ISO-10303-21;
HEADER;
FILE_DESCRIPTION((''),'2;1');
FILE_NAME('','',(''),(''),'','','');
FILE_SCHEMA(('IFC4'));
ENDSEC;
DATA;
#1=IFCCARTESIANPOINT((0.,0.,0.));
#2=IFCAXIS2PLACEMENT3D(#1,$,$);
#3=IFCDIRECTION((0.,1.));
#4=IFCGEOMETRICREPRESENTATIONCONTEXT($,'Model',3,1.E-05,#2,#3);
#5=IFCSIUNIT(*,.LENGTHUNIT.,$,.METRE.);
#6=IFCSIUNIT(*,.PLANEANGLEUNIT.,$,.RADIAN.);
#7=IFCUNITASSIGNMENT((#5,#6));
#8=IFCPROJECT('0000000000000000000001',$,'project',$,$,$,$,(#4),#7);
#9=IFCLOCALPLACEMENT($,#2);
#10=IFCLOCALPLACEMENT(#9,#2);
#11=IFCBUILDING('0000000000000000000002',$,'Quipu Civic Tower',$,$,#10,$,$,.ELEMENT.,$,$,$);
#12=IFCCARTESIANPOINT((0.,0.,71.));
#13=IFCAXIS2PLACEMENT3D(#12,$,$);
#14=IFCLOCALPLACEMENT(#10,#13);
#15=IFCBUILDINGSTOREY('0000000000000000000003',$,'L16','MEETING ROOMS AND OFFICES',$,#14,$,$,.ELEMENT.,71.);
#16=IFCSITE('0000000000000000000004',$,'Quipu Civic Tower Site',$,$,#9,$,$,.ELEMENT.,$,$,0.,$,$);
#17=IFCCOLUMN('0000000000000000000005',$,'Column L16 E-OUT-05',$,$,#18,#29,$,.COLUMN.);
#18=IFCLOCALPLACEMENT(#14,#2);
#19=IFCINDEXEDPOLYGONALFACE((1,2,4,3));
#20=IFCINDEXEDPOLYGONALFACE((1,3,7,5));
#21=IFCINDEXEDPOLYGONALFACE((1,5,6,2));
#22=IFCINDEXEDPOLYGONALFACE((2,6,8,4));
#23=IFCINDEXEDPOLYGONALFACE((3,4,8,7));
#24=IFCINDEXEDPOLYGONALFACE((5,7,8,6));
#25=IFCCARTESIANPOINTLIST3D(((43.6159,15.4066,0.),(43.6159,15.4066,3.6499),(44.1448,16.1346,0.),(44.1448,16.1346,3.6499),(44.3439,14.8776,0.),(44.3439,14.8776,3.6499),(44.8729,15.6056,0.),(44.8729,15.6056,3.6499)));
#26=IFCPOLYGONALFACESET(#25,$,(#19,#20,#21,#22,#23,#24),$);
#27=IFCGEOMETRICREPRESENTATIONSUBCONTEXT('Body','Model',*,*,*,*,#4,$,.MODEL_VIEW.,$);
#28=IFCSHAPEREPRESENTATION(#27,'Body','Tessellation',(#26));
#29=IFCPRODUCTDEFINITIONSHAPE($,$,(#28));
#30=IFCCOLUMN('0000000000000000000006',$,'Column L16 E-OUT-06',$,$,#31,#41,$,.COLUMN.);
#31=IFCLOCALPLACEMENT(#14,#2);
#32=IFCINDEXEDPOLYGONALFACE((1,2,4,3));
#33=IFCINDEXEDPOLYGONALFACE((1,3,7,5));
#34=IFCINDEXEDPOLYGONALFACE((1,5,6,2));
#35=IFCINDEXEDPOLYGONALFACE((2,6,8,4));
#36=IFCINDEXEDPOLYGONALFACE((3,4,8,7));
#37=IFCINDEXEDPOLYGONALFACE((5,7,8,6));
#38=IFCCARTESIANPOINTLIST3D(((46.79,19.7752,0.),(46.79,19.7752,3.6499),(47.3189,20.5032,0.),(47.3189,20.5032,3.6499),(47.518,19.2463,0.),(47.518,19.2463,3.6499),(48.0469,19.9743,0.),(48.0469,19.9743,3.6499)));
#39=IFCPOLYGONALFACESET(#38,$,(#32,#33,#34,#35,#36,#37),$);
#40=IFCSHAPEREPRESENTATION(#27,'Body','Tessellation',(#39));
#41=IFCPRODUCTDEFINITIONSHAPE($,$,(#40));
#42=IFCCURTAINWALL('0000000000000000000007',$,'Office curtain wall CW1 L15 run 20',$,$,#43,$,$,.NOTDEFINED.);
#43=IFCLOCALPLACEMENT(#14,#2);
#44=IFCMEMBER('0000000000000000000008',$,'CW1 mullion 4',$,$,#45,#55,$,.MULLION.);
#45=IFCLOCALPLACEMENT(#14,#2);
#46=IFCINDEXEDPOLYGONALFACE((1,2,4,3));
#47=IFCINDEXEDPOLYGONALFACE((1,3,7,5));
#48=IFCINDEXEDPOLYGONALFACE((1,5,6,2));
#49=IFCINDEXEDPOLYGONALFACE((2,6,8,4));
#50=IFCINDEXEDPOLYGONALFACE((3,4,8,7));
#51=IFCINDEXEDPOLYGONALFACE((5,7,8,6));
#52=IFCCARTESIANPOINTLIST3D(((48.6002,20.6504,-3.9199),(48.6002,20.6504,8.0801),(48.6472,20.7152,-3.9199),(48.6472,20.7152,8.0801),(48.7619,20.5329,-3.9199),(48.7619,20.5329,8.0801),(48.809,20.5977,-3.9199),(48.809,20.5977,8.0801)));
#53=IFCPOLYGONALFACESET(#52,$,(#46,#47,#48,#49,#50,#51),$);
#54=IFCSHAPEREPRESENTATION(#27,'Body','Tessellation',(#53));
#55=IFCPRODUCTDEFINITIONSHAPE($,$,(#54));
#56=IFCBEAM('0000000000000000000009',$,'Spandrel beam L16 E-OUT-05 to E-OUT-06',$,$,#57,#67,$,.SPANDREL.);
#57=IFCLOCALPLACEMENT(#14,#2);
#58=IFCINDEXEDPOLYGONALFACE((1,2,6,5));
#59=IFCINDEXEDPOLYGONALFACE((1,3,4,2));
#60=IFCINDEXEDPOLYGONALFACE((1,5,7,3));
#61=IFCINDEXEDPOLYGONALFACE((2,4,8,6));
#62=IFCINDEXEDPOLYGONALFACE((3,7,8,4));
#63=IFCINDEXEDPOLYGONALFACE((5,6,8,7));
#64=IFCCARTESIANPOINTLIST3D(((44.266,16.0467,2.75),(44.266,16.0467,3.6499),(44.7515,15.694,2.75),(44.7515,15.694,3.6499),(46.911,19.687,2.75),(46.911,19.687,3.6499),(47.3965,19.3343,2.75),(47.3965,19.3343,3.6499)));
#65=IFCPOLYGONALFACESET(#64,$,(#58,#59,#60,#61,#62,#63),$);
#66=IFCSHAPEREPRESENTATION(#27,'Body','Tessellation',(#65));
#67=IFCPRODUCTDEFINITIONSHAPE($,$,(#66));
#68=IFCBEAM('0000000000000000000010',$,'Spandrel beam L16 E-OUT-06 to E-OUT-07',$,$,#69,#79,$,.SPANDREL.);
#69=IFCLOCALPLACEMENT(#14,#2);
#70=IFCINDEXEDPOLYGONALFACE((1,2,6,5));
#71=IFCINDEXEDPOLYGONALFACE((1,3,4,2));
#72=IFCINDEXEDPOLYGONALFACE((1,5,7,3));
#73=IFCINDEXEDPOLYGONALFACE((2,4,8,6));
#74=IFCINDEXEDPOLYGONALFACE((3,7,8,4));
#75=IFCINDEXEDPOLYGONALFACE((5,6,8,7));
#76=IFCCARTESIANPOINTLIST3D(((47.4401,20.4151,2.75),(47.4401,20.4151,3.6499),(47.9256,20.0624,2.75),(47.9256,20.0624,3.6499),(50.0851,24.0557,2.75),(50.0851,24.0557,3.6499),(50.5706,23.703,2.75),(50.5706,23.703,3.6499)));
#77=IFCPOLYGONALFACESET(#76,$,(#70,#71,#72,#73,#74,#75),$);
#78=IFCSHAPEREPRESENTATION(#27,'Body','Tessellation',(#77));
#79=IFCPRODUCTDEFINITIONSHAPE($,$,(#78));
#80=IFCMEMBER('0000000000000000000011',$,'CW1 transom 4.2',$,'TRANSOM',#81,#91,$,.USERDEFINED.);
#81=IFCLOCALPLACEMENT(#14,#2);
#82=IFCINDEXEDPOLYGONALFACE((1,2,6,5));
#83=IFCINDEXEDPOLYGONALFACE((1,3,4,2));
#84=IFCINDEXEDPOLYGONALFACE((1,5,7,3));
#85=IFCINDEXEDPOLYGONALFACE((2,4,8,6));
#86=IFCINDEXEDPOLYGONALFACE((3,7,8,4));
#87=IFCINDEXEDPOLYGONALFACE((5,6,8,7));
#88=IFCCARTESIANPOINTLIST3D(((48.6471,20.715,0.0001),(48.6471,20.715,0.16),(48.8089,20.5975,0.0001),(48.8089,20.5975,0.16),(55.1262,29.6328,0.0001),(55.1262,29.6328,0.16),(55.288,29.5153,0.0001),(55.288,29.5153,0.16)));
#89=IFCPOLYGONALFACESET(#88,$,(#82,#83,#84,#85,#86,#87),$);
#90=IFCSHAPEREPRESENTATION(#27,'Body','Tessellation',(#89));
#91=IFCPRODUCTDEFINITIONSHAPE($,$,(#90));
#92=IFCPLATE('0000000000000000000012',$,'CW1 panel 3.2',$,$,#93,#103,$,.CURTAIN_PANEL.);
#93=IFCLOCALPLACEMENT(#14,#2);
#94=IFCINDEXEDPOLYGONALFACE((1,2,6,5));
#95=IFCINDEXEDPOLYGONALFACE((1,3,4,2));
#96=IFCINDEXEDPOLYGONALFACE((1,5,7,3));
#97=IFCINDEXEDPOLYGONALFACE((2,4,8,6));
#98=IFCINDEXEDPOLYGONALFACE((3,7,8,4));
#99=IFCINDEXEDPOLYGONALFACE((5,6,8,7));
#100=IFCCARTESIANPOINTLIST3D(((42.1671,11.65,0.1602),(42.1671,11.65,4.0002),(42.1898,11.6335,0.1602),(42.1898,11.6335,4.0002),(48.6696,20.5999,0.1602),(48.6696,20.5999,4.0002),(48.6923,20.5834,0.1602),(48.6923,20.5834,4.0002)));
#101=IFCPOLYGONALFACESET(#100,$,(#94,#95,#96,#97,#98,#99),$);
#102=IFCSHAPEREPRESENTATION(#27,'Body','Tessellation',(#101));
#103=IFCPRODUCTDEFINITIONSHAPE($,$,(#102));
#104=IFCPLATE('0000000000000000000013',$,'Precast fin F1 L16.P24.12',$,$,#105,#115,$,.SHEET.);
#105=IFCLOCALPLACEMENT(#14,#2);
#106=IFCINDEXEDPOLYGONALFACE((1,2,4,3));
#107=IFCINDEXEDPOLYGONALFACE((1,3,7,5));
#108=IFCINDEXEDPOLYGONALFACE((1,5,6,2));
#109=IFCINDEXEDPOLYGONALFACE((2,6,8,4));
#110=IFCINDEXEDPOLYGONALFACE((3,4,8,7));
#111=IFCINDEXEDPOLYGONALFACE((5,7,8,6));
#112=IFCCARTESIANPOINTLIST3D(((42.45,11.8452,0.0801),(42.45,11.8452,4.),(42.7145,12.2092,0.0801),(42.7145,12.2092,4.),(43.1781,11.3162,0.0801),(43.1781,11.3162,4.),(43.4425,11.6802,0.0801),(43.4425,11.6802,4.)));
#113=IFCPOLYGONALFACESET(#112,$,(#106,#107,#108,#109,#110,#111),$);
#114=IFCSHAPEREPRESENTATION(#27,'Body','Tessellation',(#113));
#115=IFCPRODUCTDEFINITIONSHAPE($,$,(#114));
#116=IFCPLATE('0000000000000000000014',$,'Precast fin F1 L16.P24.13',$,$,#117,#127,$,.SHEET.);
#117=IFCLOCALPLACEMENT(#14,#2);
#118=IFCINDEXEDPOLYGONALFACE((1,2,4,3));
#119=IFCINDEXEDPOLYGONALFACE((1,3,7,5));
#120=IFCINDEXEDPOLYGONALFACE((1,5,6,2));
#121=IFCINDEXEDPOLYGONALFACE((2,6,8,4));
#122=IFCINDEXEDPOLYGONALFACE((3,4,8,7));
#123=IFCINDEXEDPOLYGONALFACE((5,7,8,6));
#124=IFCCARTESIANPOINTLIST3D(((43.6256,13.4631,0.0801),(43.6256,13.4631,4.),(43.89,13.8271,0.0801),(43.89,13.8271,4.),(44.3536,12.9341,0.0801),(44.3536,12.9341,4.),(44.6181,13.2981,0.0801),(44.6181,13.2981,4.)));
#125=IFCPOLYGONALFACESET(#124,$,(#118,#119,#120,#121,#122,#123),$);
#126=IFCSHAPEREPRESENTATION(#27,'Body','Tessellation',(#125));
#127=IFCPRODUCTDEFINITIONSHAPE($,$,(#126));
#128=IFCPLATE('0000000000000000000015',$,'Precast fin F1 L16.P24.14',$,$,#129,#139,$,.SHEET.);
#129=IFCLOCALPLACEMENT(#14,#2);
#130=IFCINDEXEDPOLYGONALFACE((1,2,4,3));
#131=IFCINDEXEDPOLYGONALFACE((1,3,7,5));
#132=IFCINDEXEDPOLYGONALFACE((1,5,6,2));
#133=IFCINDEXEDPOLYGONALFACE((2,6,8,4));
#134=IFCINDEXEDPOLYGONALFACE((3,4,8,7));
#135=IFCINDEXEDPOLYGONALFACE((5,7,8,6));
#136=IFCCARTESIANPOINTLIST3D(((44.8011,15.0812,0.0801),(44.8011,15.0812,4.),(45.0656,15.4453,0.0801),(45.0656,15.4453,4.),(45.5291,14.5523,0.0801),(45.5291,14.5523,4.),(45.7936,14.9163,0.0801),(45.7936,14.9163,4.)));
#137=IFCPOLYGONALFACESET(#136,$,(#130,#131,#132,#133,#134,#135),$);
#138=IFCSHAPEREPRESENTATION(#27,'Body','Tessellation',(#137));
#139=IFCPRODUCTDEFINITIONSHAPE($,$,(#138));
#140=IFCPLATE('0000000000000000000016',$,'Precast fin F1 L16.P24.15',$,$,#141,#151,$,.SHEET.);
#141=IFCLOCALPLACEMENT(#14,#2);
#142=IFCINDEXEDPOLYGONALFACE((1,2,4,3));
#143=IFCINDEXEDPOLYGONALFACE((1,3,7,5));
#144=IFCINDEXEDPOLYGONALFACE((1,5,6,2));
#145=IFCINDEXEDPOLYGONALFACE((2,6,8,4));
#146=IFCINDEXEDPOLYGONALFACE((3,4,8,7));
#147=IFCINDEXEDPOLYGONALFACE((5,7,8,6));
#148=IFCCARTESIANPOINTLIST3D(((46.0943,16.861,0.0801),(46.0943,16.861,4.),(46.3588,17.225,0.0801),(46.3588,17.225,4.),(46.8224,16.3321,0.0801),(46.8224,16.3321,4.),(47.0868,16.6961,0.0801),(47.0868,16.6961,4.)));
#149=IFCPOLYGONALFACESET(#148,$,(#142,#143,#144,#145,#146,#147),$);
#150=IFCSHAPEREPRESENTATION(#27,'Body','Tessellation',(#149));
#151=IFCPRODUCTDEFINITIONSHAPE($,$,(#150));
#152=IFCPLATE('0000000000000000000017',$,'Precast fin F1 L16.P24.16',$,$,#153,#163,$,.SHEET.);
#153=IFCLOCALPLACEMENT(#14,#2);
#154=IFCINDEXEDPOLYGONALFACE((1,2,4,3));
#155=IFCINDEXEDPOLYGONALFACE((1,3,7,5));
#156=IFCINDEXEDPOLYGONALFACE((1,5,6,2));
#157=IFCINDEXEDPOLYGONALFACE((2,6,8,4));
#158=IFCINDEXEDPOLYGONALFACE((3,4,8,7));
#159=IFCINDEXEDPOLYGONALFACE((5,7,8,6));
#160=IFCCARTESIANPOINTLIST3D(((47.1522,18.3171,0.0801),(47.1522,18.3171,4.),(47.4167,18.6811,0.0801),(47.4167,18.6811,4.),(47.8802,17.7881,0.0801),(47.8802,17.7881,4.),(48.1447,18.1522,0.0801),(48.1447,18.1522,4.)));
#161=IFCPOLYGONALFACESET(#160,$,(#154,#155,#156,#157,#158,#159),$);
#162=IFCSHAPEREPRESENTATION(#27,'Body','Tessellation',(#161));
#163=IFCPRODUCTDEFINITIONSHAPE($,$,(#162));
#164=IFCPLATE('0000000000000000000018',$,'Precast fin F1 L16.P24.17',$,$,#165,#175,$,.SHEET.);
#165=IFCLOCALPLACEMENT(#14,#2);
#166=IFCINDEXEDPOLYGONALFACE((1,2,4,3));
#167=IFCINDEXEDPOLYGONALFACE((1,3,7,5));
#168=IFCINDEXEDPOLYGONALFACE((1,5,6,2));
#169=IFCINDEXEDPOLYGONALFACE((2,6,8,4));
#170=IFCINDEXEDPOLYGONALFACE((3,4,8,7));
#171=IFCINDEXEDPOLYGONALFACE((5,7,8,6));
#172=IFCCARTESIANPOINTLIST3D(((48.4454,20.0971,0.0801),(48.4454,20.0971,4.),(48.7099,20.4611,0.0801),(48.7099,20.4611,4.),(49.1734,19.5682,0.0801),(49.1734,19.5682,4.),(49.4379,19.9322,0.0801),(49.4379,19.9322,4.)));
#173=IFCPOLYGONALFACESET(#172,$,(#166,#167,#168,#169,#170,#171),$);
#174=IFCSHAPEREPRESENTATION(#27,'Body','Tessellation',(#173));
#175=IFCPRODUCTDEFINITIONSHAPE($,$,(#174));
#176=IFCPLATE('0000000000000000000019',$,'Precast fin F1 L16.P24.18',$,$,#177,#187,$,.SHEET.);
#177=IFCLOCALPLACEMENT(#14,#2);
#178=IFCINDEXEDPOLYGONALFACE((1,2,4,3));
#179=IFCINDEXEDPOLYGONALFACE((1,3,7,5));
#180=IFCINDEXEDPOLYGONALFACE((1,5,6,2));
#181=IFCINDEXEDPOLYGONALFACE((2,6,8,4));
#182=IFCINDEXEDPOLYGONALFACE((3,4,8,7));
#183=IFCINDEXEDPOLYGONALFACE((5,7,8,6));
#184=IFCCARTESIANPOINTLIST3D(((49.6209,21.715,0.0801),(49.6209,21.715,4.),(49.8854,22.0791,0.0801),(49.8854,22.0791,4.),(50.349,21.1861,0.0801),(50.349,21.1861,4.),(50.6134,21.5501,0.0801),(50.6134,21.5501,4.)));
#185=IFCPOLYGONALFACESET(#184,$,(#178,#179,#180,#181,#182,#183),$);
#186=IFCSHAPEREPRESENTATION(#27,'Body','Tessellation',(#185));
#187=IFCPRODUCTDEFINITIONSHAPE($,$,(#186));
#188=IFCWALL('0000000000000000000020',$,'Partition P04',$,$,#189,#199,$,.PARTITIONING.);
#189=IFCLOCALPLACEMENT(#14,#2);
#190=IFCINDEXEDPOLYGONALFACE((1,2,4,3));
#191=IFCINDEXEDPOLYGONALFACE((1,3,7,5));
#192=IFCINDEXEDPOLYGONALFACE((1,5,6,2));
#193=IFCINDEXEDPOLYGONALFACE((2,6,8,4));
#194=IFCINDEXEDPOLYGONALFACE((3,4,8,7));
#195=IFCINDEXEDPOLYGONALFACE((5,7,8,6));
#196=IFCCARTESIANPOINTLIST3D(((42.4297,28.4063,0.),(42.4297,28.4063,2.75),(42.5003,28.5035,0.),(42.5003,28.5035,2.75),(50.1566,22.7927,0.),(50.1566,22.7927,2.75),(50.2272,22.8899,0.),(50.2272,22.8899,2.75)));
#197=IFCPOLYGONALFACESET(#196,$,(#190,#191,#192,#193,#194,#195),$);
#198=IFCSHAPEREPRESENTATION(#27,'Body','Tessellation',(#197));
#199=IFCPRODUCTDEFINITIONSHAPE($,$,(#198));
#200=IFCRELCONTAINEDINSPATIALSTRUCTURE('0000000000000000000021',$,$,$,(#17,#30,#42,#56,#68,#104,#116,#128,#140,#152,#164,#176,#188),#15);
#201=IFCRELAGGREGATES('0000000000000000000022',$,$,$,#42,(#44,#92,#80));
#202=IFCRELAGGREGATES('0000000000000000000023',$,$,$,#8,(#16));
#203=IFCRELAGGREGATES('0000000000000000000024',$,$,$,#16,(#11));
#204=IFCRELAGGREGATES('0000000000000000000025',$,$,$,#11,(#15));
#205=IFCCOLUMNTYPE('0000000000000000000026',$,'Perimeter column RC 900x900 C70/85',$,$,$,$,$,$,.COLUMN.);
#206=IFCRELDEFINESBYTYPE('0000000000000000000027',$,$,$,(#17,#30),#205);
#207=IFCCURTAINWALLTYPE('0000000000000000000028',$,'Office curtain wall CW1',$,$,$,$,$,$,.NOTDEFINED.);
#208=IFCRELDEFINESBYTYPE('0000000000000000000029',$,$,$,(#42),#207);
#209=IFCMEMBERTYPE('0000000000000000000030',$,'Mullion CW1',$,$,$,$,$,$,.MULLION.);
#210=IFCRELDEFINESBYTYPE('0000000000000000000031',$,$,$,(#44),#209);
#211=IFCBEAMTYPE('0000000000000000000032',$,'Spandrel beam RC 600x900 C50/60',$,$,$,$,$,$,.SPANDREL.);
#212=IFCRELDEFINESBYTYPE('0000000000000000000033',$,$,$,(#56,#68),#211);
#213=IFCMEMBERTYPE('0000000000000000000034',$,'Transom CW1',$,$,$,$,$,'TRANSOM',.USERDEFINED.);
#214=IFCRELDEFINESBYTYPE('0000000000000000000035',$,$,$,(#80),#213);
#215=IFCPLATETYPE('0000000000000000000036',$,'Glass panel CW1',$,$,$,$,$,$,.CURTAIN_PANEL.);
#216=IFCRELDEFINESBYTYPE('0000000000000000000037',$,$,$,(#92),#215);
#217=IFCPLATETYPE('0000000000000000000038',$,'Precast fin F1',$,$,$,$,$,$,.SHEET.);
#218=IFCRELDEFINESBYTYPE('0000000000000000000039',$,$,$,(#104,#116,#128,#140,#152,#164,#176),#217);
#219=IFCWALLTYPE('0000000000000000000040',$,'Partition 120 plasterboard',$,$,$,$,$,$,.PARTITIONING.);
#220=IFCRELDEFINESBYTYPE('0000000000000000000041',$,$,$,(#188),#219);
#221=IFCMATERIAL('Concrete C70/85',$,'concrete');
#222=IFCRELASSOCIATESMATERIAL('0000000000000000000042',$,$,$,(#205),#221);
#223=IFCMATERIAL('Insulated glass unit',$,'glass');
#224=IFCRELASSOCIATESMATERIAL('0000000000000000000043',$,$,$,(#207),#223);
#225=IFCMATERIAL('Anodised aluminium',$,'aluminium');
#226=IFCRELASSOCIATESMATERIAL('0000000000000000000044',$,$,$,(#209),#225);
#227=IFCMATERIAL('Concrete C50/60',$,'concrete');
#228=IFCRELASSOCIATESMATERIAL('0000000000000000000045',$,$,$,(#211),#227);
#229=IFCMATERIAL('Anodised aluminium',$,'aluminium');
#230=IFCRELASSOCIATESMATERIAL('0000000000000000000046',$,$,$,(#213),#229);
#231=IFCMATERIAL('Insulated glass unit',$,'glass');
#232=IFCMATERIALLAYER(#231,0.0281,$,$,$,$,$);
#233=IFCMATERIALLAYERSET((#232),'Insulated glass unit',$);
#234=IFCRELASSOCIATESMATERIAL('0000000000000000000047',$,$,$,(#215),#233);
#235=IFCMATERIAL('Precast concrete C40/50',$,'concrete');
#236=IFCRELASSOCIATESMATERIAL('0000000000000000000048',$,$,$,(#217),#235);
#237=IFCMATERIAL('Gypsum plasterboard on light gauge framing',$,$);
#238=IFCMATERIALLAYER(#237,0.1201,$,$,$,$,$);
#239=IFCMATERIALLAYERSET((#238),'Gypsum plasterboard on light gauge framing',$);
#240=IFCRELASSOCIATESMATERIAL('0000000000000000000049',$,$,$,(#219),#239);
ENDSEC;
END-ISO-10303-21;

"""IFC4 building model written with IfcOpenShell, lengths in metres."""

from ifc_helpers import new_model, si_unit, direction, frame, frame_2d, origin, origin_2d, place, context, subcontext, project, spatial, rectangle, extrude, material, layer, layer_set, material_profile, profile_set, type_object, element, aggregate, save


model = new_model("IFC4")

# Units and contexts
model_context = context("Model", 3, precision=1e-05, world=origin(), true_north=direction((0.0, 1.0)))
body_context = subcontext(model_context, "Body", "Model", "MODEL_VIEW")
ifc_project = project(units=[si_unit("LENGTHUNIT", "METRE"), si_unit("PLANEANGLEUNIT", "RADIAN")], contexts=[model_context])

# Site, building, storey
site_placement = place(None, origin())
site = spatial("IfcSite", under=ifc_project, at=site_placement, Name="Quipu Civic Tower Site", CompositionType="ELEMENT", RefElevation=0.0)
building_placement = place(site_placement, origin())
building = spatial("IfcBuilding", under=site, at=building_placement, Name="Quipu Civic Tower", CompositionType="ELEMENT")
storey_placement = place(building_placement, frame((0.0, 0.0, 71.0)))
storey = spatial("IfcBuildingStorey", under=building, at=storey_placement, Name="L16", Description="MEETING ROOMS AND OFFICES", CompositionType="ELEMENT", Elevation=71.0)

# Columns
ifc_material_1 = material(Name="Concrete C70/85", Category="concrete")
ifc_material_profile_1 = material_profile(ifc_material_1, rectangle(XDim=0.8999, YDim=0.8999, at=origin_2d()), Name="RC900x900")
ifc_profile_set_1 = profile_set([ifc_material_profile_1], Name="Concrete C70/85")
column_type = type_object("IfcColumnType", Name="Perimeter column RC 900x900 C70/85", PredefinedType="COLUMN", material=ifc_profile_set_1)
for number, where, z_axis, x_axis, name in (
    (1, (44.2444, 15.5061, 0.0), (0.0, 0.0, 1.0), (0.587785, 0.809017, 0.0), "Column L16 E-OUT-05"),
    (2, (47.4185, 19.8748, 0.0), (0.0, 0.0, 1.0), (0.587785, 0.809017, 0.0), "Column L16 E-OUT-06"),
):
    element("IfcColumn", number, at=place(storey_placement, frame(where, z_axis=z_axis, x_axis=x_axis)), inside=storey, type_object=column_type, Name=name, PredefinedType="COLUMN", context=body_context, shape_type="SweptSolid", body=[
        extrude(rectangle(XDim=0.8999, YDim=0.8999, at=origin_2d()), origin(), (0.0, 0.0, 1.0), 3.6499),
    ])

# Curtain wall, member
ifc_material_2 = material(Name="Insulated glass unit", Category="glass")
curtain_wall_type = type_object("IfcCurtainWallType", Name="Office curtain wall CW1", PredefinedType="NOTDEFINED", material=ifc_material_2)
curtain_wall_placement = place(storey_placement, origin())
curtain_wall = element("IfcCurtainWall", 3, at=curtain_wall_placement, inside=storey, type_object=curtain_wall_type, Name="Office curtain wall CW1 L15 run 20", PredefinedType="NOTDEFINED")
ifc_material_3 = material(Name="Anodised aluminium", Category="aluminium")
ifc_material_profile_2 = material_profile(ifc_material_3, rectangle(XDim=0.2, YDim=0.0801, at=origin_2d()), Name="RECT 200x80")
ifc_profile_set_2 = profile_set([ifc_material_profile_2], Name="Anodised aluminium")
member_type_1 = type_object("IfcMemberType", Name="Mullion CW1", PredefinedType="MULLION", material=ifc_profile_set_2)
member_1_placement = place(storey_placement, frame((48.7046, 20.624, -3.9199), z_axis=(0.0, 0.0, 1.0), x_axis=(-0.809017, 0.587786, 0.0)))
member_1 = element("IfcMember", 4, at=member_1_placement, type_object=member_type_1, Name="CW1 mullion 4", PredefinedType="MULLION", context=body_context, shape_type="SweptSolid", body=[
    extrude(rectangle(XDim=0.2, YDim=0.0801, at=origin_2d()), origin(), (0.0, 0.0, 1.0), 12.0),
])

# Beams
ifc_material_4 = material(Name="Concrete C50/60", Category="concrete")
ifc_material_profile_3 = material_profile(ifc_material_4, rectangle(XDim=0.6001, YDim=0.8999, at=origin_2d()), Name="RC600x900")
ifc_profile_set_3 = profile_set([ifc_material_profile_3], Name="Concrete C50/60")
beam_type = type_object("IfcBeamType", Name="Spandrel beam RC 600x900 C50/60", PredefinedType="SPANDREL", material=ifc_profile_set_3)
beam_1_placement = place(storey_placement, frame((44.5088, 15.8704, 3.2), z_axis=(0.587804, 0.809003, 0.0), x_axis=(-0.809003, 0.587804, 0.0)))
element("IfcBeam", 5, at=beam_1_placement, inside=storey, type_object=beam_type, Name="Spandrel beam L16 E-OUT-05 to E-OUT-06", PredefinedType="SPANDREL", context=body_context, shape_type="SweptSolid", body=[
    extrude(rectangle(XDim=0.6001, YDim=0.8999, at=origin_2d()), origin(), (0.0, 0.0, 1.0), 4.4998),
])
beam_2_placement = place(storey_placement, frame((47.6829, 20.2388, 3.2), z_axis=(0.587778, 0.809022, 0.0), x_axis=(-0.809022, 0.587778, 0.0)))
element("IfcBeam", 6, at=beam_2_placement, inside=storey, type_object=beam_type, Name="Spandrel beam L16 E-OUT-06 to E-OUT-07", PredefinedType="SPANDREL", context=body_context, shape_type="SweptSolid", body=[
    extrude(rectangle(XDim=0.6001, YDim=0.8999, at=origin_2d()), origin(), (0.0, 0.0, 1.0), 4.5),
])

# Member
ifc_material_5 = material(Name="Anodised aluminium", Category="aluminium")
ifc_material_profile_4 = material_profile(ifc_material_5, rectangle(XDim=0.2, YDim=0.1599, at=origin_2d()), Name="RECT 200x160")
ifc_profile_set_4 = profile_set([ifc_material_profile_4], Name="Anodised aluminium")
member_type_2 = type_object("IfcMemberType", Name="Transom CW1", ElementType="TRANSOM", PredefinedType="USERDEFINED", material=ifc_profile_set_4)
member_2_placement = place(storey_placement, frame((48.728, 20.6562, 0.0801), z_axis=(0.587779, 0.809021, 0.0), x_axis=(-0.809021, 0.587779, 0.0)))
member_2 = element("IfcMember", 7, at=member_2_placement, type_object=member_type_2, Name="CW1 transom 4.2", ObjectType="TRANSOM", PredefinedType="USERDEFINED", context=body_context, shape_type="SweptSolid", body=[
    extrude(rectangle(XDim=0.2, YDim=0.1599, at=origin_2d()), origin(), (0.0, 0.0, 1.0), 11.0229),
])

# Plate
ifc_material_6 = material(Name="Insulated glass unit", Category="glass")
ifc_layer_1 = layer(ifc_material_6, 0.0281)
ifc_layer_set_1 = layer_set([ifc_layer_1], Name="Insulated glass unit")
plate_type_1 = type_object("IfcPlateType", Name="Glass panel CW1", PredefinedType="CURTAIN_PANEL", material=ifc_layer_set_1)
plate_placement = place(storey_placement, frame((45.4297, 16.1167, 0.1602), z_axis=(0.0, 0.0, 1.0), x_axis=(0.587786, 0.809017, 0.0)))
plate = element("IfcPlate", 8, at=plate_placement, type_object=plate_type_1, Name="CW1 panel 3.2", PredefinedType="CURTAIN_PANEL", context=body_context, shape_type="SweptSolid", body=[
    extrude(rectangle(XDim=11.0627, YDim=0.0281, at=origin_2d()), origin(), (0.0, 0.0, 1.0), 3.8401),
])
aggregate(curtain_wall, [member_1, plate, member_2])

# Plates
ifc_material_7 = material(Name="Precast concrete C40/50", Category="concrete")
plate_type_2 = type_object("IfcPlateType", Name="Precast fin F1", PredefinedType="SHEET", material=ifc_material_7)
for number, where, z_axis, x_axis, name in (
    (9, (42.9463, 11.7627, 0.0801), (0.0, 0.0, 1.0), (0.587786, 0.809017, 0.0), "Precast fin F1 L16.P24.12"),
    (10, (44.1218, 13.3806, 0.0801), (0.0, 0.0, 1.0), (0.587786, 0.809017, 0.0), "Precast fin F1 L16.P24.13"),
    (11, (45.2974, 14.9988, 0.0801), (0.0, 0.0, 1.0), (0.587786, 0.809017, 0.0), "Precast fin F1 L16.P24.14"),
    (12, (46.5906, 16.7786, 0.0801), (0.0, 0.0, 1.0), (0.587786, 0.809017, 0.0), "Precast fin F1 L16.P24.15"),
    (13, (47.6484, 18.2346, 0.0801), (0.0, 0.0, 1.0), (0.587786, 0.809017, 0.0), "Precast fin F1 L16.P24.16"),
    (14, (48.9417, 20.0146, 0.0801), (0.0, 0.0, 1.0), (0.587786, 0.809017, 0.0), "Precast fin F1 L16.P24.17"),
    (15, (50.1172, 21.6326, 0.0801), (0.0, 0.0, 1.0), (0.587786, 0.809017, 0.0), "Precast fin F1 L16.P24.18"),
):
    element("IfcPlate", number, at=place(storey_placement, frame(where, z_axis=z_axis, x_axis=x_axis)), inside=storey, type_object=plate_type_2, Name=name, PredefinedType="SHEET", context=body_context, shape_type="SweptSolid", body=[
        extrude(rectangle(XDim=0.45, YDim=0.8999, at=origin_2d()), origin(), (0.0, 0.0, 1.0), 3.9199),
    ])

# Wall
ifc_material_8 = material(Name="Gypsum plasterboard on light gauge framing")
ifc_layer_2 = layer(ifc_material_8, 0.1201)
ifc_layer_set_2 = layer_set([ifc_layer_2], Name="Gypsum plasterboard on light gauge framing")
wall_type = type_object("IfcWallType", Name="Partition 120 plasterboard", PredefinedType="PARTITIONING", material=ifc_layer_set_2)
wall_placement = place(storey_placement, frame((50.1919, 22.8413, 0.0), z_axis=(0.0, 0.0, 1.0), x_axis=(-0.809033, 0.587763, 0.0)))
element("IfcWall", 16, at=wall_placement, inside=storey, type_object=wall_type, Name="Partition P04", PredefinedType="PARTITIONING", context=body_context, shape_type="SweptSolid", body=[
    extrude(rectangle(XDim=9.5508, YDim=0.1201, at=frame_2d((4.7754, 0.0))), origin(), (0.0, 0.0, 1.0), 2.75),
])

save(model, "model.ifc")
